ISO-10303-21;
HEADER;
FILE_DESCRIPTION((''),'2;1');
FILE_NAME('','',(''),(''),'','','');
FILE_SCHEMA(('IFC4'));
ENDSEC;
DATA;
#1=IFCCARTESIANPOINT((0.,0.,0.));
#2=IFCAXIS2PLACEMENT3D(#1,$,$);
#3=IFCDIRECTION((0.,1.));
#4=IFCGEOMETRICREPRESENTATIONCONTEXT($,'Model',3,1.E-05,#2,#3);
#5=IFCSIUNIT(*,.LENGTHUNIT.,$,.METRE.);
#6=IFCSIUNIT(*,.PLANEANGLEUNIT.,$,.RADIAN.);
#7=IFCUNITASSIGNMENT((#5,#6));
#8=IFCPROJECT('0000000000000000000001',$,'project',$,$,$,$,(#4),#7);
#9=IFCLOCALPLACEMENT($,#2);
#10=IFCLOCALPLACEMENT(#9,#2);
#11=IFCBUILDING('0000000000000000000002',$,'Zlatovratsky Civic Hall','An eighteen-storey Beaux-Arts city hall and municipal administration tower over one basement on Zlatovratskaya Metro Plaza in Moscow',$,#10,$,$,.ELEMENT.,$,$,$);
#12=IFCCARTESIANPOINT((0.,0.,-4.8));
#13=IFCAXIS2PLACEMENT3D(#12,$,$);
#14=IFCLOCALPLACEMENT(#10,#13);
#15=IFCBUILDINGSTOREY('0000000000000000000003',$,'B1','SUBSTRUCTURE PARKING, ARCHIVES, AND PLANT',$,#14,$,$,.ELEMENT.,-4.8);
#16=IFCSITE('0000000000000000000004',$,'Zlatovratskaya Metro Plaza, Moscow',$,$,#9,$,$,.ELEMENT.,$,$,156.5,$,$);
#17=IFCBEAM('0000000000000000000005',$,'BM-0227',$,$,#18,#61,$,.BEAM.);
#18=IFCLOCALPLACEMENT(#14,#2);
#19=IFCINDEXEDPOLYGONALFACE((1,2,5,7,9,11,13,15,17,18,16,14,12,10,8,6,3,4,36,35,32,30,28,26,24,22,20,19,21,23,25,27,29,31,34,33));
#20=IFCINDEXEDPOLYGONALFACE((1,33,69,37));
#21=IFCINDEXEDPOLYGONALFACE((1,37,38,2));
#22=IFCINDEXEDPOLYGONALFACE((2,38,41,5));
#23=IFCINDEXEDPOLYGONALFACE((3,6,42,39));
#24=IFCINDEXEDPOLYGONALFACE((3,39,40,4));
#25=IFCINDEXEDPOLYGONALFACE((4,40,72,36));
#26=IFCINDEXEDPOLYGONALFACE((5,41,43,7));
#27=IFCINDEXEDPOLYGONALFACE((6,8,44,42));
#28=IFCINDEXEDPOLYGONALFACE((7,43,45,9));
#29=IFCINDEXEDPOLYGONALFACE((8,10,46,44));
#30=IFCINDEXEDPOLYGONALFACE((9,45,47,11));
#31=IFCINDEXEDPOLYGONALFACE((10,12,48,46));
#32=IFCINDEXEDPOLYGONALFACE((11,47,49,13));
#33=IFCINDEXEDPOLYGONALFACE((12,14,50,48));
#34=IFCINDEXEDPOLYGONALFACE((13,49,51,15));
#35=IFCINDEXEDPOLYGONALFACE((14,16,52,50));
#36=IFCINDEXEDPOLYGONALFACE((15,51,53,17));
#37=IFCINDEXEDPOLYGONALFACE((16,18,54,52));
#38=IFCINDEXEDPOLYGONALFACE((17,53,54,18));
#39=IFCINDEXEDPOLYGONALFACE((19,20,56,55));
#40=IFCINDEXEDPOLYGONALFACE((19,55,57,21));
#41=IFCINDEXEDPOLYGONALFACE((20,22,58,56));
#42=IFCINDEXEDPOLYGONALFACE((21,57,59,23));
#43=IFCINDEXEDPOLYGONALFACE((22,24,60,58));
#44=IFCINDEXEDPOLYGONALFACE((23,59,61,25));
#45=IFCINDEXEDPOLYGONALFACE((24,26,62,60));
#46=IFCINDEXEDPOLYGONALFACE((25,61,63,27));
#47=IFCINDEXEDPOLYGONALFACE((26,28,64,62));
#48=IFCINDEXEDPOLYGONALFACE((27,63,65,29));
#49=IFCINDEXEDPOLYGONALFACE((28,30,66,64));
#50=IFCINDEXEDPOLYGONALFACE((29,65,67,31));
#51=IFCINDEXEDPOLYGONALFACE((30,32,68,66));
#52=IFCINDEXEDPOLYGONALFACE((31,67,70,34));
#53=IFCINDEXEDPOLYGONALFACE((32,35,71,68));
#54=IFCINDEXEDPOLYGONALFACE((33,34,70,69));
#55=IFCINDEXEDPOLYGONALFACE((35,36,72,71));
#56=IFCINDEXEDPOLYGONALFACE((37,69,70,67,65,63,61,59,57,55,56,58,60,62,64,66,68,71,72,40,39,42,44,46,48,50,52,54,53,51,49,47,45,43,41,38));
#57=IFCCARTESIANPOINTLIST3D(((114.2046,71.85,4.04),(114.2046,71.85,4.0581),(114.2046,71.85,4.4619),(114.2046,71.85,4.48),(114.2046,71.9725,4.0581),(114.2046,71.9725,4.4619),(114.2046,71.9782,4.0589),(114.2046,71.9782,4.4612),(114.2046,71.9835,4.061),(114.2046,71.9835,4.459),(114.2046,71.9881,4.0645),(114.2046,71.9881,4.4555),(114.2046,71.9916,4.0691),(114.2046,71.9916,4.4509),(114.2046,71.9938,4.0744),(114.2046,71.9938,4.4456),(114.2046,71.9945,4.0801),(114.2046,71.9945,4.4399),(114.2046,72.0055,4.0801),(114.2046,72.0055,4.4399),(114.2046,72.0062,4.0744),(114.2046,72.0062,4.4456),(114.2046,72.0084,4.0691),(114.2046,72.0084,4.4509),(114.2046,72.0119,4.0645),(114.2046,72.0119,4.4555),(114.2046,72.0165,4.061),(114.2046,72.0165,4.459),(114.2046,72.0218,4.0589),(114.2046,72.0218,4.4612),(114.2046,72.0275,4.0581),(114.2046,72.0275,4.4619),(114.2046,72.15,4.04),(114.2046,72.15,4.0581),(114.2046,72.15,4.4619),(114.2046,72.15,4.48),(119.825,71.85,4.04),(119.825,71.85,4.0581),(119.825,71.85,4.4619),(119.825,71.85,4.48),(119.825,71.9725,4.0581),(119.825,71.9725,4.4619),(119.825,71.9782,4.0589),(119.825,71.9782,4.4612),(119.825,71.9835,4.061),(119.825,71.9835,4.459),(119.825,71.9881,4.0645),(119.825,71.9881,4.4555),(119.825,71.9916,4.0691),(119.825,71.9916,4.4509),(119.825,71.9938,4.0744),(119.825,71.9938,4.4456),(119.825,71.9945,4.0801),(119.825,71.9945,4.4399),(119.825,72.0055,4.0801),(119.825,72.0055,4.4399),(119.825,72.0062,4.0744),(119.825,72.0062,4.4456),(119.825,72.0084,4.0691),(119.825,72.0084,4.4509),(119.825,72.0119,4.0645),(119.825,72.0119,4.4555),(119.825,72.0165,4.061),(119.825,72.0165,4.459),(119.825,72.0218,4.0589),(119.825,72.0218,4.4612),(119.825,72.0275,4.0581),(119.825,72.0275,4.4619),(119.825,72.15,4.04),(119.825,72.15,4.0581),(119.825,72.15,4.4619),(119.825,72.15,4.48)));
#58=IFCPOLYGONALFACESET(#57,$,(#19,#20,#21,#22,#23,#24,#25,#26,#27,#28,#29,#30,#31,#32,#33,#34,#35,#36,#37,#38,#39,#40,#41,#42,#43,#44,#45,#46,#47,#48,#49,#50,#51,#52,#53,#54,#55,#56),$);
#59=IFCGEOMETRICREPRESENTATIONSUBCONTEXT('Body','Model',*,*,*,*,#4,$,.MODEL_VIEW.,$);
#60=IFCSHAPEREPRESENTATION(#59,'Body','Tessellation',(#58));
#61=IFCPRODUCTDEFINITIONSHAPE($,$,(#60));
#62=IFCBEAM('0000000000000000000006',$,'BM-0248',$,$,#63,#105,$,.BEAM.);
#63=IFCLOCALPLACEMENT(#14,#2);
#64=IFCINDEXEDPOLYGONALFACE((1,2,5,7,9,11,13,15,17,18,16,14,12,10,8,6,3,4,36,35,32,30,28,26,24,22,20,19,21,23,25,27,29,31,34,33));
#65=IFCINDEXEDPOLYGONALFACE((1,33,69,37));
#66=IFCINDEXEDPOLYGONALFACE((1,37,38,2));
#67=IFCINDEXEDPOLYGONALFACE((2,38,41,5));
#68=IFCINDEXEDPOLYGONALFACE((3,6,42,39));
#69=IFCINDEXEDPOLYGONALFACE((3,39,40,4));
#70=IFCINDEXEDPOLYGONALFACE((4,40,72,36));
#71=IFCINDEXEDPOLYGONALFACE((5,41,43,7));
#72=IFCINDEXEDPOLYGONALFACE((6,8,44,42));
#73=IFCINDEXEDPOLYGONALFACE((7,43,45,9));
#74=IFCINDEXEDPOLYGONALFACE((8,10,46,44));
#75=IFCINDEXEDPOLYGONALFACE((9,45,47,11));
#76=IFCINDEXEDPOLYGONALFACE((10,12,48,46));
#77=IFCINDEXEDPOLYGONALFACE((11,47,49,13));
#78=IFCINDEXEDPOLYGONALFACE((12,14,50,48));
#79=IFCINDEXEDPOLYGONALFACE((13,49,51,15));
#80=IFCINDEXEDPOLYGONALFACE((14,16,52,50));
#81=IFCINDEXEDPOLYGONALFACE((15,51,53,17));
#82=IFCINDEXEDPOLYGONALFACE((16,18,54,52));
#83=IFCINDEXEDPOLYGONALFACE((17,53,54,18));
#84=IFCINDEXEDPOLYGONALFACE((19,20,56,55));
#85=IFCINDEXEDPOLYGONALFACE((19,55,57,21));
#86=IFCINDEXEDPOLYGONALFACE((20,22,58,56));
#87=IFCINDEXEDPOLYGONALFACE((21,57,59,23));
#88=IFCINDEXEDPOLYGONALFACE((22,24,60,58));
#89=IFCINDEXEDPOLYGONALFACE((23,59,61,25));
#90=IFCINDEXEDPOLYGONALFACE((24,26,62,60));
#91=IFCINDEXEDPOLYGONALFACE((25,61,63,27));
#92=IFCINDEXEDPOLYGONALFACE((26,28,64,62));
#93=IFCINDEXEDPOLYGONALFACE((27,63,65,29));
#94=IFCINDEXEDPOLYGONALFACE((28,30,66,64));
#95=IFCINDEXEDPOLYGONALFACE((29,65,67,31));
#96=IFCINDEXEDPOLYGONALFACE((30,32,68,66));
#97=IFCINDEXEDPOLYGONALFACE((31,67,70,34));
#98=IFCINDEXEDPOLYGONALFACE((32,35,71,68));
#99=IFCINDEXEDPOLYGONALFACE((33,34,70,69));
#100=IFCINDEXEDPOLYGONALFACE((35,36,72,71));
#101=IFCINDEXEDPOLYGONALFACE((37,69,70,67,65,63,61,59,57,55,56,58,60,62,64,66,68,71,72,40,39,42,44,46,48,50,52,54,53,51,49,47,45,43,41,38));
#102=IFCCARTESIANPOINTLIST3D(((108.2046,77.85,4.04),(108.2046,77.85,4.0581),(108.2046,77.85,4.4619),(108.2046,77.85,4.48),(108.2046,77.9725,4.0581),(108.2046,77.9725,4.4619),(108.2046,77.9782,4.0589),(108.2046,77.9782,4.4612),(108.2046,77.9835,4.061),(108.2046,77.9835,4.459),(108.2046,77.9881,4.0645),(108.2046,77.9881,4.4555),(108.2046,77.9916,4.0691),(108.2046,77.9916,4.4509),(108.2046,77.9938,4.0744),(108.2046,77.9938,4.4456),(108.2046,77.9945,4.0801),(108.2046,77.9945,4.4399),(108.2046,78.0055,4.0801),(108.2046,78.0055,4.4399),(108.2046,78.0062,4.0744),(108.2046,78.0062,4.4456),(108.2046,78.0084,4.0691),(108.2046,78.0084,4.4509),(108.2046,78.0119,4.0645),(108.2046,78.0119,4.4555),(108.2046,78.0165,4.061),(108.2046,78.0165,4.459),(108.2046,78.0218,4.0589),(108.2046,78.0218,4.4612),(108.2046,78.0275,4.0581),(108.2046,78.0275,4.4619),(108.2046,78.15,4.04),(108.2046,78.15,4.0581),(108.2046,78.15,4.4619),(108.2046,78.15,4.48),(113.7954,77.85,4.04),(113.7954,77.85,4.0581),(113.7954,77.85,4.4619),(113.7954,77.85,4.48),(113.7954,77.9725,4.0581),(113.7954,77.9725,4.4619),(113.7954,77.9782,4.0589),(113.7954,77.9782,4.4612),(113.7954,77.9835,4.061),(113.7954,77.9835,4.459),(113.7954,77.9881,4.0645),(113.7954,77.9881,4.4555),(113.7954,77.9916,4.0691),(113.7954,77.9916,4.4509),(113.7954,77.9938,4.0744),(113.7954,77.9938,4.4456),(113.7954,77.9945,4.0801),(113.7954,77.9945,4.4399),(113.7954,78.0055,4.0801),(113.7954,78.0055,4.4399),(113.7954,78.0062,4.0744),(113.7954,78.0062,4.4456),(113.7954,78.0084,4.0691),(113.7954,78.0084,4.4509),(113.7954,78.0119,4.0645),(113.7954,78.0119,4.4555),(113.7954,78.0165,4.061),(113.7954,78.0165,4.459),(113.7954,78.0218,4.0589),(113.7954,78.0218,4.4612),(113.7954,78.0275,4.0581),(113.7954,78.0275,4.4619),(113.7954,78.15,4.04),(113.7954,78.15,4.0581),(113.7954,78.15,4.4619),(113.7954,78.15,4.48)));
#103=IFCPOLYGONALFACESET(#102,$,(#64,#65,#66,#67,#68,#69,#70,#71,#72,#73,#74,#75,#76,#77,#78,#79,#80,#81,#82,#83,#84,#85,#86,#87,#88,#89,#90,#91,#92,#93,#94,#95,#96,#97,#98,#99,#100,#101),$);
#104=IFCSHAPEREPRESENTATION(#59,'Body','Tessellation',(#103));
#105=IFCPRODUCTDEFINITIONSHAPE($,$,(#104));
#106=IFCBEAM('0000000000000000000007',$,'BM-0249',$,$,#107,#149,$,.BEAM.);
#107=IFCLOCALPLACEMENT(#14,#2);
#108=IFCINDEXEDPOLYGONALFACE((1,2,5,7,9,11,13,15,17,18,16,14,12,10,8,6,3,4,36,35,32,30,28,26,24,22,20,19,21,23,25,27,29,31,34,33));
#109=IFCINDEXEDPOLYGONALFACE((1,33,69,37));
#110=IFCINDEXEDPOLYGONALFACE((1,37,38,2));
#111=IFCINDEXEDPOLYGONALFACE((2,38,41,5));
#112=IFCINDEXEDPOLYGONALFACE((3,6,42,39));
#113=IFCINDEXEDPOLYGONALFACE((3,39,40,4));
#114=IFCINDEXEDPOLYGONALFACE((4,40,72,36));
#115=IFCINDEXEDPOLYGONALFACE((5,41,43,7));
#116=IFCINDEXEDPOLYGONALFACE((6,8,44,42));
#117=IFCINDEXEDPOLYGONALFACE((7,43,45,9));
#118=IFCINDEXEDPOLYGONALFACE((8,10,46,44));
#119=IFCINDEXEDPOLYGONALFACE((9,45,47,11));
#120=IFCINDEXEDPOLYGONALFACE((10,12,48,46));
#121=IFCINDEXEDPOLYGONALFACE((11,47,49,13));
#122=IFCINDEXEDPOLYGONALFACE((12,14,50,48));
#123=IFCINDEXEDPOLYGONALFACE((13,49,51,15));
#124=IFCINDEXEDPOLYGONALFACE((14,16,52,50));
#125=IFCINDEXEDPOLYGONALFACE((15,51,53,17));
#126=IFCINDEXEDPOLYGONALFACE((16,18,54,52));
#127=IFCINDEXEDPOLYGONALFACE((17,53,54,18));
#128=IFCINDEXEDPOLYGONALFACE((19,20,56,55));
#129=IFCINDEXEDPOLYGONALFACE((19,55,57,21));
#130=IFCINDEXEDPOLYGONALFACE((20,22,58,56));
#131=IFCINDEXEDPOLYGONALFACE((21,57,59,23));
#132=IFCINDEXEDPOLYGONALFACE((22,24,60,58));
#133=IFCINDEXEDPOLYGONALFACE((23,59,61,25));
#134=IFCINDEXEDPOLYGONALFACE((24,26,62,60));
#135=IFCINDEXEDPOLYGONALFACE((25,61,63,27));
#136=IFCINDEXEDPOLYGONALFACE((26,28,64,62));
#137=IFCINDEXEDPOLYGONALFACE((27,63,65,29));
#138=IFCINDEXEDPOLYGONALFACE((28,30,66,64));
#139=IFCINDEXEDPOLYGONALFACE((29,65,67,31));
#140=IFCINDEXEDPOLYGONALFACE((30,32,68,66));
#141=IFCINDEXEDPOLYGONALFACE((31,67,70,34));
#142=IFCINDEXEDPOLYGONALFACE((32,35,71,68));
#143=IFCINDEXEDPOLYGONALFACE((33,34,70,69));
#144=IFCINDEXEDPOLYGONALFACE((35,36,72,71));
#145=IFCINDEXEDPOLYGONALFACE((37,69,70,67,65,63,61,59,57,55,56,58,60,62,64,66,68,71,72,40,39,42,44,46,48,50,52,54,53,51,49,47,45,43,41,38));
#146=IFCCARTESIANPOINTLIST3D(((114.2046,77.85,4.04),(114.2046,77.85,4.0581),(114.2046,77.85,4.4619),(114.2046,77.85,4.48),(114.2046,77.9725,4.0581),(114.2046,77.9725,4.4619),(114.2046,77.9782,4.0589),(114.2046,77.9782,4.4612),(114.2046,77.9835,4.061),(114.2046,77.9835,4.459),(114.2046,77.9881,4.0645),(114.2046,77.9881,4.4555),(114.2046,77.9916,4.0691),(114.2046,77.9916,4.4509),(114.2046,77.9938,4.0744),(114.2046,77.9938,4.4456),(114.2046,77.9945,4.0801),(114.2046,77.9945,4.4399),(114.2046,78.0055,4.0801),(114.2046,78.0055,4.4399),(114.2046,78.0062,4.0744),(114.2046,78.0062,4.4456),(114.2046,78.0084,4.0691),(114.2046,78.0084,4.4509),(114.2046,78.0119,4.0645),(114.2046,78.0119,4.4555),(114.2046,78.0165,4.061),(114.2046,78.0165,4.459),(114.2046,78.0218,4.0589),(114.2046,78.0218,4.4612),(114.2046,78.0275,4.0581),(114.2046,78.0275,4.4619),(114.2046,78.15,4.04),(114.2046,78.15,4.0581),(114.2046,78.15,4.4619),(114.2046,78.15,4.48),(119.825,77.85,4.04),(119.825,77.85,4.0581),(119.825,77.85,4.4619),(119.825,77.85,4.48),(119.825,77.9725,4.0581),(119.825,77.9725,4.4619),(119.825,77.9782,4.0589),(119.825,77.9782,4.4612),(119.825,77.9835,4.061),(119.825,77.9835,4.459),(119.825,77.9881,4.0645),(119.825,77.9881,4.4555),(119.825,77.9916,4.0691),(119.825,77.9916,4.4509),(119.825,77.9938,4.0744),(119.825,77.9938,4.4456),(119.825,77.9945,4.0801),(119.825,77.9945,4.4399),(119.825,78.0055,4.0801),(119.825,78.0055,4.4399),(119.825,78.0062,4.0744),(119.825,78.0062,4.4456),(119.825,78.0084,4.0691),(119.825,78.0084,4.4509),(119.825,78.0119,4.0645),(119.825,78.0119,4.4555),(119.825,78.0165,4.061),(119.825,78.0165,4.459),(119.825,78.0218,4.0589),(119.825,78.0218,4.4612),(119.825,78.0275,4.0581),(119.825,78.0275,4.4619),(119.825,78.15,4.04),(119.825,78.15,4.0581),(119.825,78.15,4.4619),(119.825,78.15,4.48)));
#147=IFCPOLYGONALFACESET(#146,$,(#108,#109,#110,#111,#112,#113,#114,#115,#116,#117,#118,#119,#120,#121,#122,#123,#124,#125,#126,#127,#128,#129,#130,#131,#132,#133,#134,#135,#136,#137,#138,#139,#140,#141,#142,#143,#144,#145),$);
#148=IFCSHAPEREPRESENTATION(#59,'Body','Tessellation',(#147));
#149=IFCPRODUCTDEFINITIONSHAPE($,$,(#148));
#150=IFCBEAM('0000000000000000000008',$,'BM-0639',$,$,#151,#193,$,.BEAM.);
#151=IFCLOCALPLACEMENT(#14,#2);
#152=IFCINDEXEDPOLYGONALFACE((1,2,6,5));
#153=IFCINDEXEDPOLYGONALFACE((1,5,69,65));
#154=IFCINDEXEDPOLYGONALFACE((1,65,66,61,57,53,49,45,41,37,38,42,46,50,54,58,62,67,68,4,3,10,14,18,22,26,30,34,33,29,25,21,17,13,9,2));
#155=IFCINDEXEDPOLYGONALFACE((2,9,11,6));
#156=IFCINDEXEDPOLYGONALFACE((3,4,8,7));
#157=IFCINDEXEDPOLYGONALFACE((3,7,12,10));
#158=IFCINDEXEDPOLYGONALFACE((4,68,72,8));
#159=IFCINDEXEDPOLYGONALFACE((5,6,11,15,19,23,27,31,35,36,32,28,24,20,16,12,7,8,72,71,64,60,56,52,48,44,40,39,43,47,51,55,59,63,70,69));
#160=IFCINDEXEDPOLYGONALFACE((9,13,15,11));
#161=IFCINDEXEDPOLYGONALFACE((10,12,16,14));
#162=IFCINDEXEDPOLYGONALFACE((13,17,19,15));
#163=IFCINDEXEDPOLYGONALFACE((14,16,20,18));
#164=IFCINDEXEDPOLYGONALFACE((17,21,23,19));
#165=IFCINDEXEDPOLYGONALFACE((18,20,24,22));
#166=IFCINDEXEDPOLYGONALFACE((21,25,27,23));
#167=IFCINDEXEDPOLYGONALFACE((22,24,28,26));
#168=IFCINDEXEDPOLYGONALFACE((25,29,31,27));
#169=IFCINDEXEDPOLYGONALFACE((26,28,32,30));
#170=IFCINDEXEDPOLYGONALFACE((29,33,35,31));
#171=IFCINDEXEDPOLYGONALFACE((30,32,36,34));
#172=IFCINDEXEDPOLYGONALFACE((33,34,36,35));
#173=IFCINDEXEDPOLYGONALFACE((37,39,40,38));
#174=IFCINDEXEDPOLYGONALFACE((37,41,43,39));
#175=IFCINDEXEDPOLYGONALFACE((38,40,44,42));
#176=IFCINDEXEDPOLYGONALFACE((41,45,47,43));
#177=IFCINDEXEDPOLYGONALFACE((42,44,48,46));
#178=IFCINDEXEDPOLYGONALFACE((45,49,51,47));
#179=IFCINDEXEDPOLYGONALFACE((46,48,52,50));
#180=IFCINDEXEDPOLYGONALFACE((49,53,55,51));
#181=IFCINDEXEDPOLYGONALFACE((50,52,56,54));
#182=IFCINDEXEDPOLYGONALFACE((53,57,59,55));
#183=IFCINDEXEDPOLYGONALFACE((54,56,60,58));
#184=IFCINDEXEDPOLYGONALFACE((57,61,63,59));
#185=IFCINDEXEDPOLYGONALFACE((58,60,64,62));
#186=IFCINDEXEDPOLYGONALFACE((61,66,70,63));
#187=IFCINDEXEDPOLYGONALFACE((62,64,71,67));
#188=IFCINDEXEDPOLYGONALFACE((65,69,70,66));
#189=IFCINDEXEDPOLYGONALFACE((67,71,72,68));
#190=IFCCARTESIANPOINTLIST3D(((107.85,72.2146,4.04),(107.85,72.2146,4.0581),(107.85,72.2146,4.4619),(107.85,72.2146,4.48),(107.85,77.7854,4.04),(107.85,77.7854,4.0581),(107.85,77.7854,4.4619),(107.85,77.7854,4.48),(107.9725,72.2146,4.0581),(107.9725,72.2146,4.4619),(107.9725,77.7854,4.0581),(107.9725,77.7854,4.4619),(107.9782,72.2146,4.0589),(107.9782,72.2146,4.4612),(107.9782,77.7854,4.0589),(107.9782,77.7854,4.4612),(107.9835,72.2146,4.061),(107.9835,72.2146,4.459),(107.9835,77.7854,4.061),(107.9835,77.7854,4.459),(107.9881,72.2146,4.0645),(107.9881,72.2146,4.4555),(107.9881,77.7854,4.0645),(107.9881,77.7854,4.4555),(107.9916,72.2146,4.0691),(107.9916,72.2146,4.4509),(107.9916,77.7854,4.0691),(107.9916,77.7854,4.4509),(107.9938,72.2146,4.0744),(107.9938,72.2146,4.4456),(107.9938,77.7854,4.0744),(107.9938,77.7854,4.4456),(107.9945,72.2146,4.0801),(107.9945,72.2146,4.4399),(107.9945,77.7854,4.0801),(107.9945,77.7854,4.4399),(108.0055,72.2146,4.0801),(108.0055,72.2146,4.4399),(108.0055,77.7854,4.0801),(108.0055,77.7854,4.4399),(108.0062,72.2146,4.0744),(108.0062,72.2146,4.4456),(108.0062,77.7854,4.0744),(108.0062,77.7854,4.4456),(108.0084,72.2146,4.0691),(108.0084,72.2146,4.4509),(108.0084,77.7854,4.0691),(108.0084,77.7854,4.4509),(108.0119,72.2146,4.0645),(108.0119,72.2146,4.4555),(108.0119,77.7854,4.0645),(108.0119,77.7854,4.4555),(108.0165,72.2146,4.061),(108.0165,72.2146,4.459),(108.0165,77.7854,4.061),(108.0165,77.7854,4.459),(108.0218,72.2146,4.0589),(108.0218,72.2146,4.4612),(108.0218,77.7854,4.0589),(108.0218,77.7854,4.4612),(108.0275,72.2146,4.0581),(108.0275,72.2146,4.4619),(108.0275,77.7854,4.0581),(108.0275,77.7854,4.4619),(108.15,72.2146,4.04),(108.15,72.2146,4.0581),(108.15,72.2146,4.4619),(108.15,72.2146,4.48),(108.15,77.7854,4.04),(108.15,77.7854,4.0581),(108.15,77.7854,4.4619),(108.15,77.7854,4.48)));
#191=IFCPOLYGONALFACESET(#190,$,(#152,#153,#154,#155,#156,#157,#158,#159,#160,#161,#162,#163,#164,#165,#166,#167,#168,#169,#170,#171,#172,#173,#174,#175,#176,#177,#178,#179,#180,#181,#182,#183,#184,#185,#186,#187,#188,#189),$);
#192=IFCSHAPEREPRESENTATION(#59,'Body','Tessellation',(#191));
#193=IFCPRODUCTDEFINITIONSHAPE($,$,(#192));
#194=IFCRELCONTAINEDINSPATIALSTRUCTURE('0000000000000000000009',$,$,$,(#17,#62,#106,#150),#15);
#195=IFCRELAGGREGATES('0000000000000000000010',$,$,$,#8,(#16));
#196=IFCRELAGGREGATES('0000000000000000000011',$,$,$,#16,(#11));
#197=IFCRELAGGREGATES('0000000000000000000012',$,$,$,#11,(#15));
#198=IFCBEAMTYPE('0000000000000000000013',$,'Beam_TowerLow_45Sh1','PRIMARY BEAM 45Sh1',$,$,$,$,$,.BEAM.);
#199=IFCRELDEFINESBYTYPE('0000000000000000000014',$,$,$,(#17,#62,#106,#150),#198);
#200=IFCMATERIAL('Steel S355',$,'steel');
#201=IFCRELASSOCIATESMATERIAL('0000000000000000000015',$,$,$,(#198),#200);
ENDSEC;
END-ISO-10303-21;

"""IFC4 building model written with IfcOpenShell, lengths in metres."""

from ifc_helpers import new_model, si_unit, direction, frame, origin, origin_2d, place, context, subcontext, project, spatial, i_section, extrude, material, material_profile, profile_set, type_object, element, save


model = new_model("IFC4")

# Units and contexts
model_context = context("Model", 3, precision=1e-05, world=origin(), true_north=direction((0.0, 1.0)))
body_context = subcontext(model_context, "Body", "Model", "MODEL_VIEW")
ifc_project = project(units=[si_unit("LENGTHUNIT", "METRE"), si_unit("PLANEANGLEUNIT", "RADIAN")], contexts=[model_context])

# Site, building, storey
site_placement = place(None, origin())
site = spatial("IfcSite", under=ifc_project, at=site_placement, Name="Zlatovratskaya Metro Plaza, Moscow", CompositionType="ELEMENT", RefElevation=156.5)
building_placement = place(site_placement, origin())
building = spatial("IfcBuilding", under=site, at=building_placement, Name="Zlatovratsky Civic Hall", Description="An eighteen-storey Beaux-Arts city hall and municipal administration tower over one basement on Zlatovratskaya Metro Plaza in Moscow", CompositionType="ELEMENT")
storey_placement = place(building_placement, frame((0.0, 0.0, -4.8)))
storey = spatial("IfcBuildingStorey", under=building, at=storey_placement, Name="B1", Description="SUBSTRUCTURE PARKING, ARCHIVES, AND PLANT", CompositionType="ELEMENT", Elevation=-4.8)

# Shared definitions
ifc_material_1 = material(Name="Steel S355", Category="steel")

# Beams
ifc_material_profile_1 = material_profile(ifc_material_1, i_section(OverallWidth=0.3, OverallDepth=0.4399, WebThickness=0.011, FlangeThickness=0.0181, FilletRadius=0.022, at=origin_2d()), Name="45Sh1")
ifc_profile_set_1 = profile_set([ifc_material_profile_1], Name="Steel S355")
beam_type = type_object("IfcBeamType", Name="Beam_TowerLow_45Sh1", Description="PRIMARY BEAM 45Sh1", PredefinedType="BEAM", material=ifc_profile_set_1)
beam_1_placement = place(storey_placement, frame((114.2046, 72.0, 4.26), z_axis=(1.0, 0.0, 0.0), x_axis=(0.0, 1.0, 0.0)))
element("IfcBeam", 1, at=beam_1_placement, inside=storey, type_object=beam_type, Name="BM-0227", PredefinedType="BEAM", context=body_context, shape_type="SweptSolid", body=[
    extrude(i_section(OverallWidth=0.3, OverallDepth=0.4399, WebThickness=0.011, FlangeThickness=0.0181, FilletRadius=0.022, at=origin_2d()), origin(), (0.0, 0.0, 1.0), 5.6204),
])
beam_2_placement = place(storey_placement, frame((108.2046, 78.0, 4.26), z_axis=(1.0, 0.0, 0.0), x_axis=(0.0, 1.0, 0.0)))
element("IfcBeam", 2, at=beam_2_placement, inside=storey, type_object=beam_type, Name="BM-0248", PredefinedType="BEAM", context=body_context, shape_type="SweptSolid", body=[
    extrude(i_section(OverallWidth=0.3, OverallDepth=0.4399, WebThickness=0.011, FlangeThickness=0.0181, FilletRadius=0.022, at=origin_2d()), origin(), (0.0, 0.0, 1.0), 5.5908),
])
beam_3_placement = place(storey_placement, frame((114.2046, 78.0, 4.26), z_axis=(1.0, 0.0, 0.0), x_axis=(0.0, 1.0, 0.0)))
element("IfcBeam", 3, at=beam_3_placement, inside=storey, type_object=beam_type, Name="BM-0249", PredefinedType="BEAM", context=body_context, shape_type="SweptSolid", body=[
    extrude(i_section(OverallWidth=0.3, OverallDepth=0.4399, WebThickness=0.011, FlangeThickness=0.0181, FilletRadius=0.022, at=origin_2d()), origin(), (0.0, 0.0, 1.0), 5.6204),
])
for number, where, z_axis, x_axis, name in (
    (4, (108.0, 72.2146, 4.26), (0.0, 1.0, 0.0), (-1.0, 0.0, 0.0), "BM-0639"),
):
    element("IfcBeam", number, at=place(storey_placement, frame(where, z_axis=z_axis, x_axis=x_axis)), inside=storey, type_object=beam_type, Name=name, PredefinedType="BEAM", context=body_context, shape_type="SweptSolid", body=[
        extrude(i_section(OverallWidth=0.3, OverallDepth=0.4399, WebThickness=0.011, FlangeThickness=0.0181, FilletRadius=0.022, at=origin_2d()), origin(), (0.0, 0.0, 1.0), 5.5708),
    ])

save(model, "model.ifc")
